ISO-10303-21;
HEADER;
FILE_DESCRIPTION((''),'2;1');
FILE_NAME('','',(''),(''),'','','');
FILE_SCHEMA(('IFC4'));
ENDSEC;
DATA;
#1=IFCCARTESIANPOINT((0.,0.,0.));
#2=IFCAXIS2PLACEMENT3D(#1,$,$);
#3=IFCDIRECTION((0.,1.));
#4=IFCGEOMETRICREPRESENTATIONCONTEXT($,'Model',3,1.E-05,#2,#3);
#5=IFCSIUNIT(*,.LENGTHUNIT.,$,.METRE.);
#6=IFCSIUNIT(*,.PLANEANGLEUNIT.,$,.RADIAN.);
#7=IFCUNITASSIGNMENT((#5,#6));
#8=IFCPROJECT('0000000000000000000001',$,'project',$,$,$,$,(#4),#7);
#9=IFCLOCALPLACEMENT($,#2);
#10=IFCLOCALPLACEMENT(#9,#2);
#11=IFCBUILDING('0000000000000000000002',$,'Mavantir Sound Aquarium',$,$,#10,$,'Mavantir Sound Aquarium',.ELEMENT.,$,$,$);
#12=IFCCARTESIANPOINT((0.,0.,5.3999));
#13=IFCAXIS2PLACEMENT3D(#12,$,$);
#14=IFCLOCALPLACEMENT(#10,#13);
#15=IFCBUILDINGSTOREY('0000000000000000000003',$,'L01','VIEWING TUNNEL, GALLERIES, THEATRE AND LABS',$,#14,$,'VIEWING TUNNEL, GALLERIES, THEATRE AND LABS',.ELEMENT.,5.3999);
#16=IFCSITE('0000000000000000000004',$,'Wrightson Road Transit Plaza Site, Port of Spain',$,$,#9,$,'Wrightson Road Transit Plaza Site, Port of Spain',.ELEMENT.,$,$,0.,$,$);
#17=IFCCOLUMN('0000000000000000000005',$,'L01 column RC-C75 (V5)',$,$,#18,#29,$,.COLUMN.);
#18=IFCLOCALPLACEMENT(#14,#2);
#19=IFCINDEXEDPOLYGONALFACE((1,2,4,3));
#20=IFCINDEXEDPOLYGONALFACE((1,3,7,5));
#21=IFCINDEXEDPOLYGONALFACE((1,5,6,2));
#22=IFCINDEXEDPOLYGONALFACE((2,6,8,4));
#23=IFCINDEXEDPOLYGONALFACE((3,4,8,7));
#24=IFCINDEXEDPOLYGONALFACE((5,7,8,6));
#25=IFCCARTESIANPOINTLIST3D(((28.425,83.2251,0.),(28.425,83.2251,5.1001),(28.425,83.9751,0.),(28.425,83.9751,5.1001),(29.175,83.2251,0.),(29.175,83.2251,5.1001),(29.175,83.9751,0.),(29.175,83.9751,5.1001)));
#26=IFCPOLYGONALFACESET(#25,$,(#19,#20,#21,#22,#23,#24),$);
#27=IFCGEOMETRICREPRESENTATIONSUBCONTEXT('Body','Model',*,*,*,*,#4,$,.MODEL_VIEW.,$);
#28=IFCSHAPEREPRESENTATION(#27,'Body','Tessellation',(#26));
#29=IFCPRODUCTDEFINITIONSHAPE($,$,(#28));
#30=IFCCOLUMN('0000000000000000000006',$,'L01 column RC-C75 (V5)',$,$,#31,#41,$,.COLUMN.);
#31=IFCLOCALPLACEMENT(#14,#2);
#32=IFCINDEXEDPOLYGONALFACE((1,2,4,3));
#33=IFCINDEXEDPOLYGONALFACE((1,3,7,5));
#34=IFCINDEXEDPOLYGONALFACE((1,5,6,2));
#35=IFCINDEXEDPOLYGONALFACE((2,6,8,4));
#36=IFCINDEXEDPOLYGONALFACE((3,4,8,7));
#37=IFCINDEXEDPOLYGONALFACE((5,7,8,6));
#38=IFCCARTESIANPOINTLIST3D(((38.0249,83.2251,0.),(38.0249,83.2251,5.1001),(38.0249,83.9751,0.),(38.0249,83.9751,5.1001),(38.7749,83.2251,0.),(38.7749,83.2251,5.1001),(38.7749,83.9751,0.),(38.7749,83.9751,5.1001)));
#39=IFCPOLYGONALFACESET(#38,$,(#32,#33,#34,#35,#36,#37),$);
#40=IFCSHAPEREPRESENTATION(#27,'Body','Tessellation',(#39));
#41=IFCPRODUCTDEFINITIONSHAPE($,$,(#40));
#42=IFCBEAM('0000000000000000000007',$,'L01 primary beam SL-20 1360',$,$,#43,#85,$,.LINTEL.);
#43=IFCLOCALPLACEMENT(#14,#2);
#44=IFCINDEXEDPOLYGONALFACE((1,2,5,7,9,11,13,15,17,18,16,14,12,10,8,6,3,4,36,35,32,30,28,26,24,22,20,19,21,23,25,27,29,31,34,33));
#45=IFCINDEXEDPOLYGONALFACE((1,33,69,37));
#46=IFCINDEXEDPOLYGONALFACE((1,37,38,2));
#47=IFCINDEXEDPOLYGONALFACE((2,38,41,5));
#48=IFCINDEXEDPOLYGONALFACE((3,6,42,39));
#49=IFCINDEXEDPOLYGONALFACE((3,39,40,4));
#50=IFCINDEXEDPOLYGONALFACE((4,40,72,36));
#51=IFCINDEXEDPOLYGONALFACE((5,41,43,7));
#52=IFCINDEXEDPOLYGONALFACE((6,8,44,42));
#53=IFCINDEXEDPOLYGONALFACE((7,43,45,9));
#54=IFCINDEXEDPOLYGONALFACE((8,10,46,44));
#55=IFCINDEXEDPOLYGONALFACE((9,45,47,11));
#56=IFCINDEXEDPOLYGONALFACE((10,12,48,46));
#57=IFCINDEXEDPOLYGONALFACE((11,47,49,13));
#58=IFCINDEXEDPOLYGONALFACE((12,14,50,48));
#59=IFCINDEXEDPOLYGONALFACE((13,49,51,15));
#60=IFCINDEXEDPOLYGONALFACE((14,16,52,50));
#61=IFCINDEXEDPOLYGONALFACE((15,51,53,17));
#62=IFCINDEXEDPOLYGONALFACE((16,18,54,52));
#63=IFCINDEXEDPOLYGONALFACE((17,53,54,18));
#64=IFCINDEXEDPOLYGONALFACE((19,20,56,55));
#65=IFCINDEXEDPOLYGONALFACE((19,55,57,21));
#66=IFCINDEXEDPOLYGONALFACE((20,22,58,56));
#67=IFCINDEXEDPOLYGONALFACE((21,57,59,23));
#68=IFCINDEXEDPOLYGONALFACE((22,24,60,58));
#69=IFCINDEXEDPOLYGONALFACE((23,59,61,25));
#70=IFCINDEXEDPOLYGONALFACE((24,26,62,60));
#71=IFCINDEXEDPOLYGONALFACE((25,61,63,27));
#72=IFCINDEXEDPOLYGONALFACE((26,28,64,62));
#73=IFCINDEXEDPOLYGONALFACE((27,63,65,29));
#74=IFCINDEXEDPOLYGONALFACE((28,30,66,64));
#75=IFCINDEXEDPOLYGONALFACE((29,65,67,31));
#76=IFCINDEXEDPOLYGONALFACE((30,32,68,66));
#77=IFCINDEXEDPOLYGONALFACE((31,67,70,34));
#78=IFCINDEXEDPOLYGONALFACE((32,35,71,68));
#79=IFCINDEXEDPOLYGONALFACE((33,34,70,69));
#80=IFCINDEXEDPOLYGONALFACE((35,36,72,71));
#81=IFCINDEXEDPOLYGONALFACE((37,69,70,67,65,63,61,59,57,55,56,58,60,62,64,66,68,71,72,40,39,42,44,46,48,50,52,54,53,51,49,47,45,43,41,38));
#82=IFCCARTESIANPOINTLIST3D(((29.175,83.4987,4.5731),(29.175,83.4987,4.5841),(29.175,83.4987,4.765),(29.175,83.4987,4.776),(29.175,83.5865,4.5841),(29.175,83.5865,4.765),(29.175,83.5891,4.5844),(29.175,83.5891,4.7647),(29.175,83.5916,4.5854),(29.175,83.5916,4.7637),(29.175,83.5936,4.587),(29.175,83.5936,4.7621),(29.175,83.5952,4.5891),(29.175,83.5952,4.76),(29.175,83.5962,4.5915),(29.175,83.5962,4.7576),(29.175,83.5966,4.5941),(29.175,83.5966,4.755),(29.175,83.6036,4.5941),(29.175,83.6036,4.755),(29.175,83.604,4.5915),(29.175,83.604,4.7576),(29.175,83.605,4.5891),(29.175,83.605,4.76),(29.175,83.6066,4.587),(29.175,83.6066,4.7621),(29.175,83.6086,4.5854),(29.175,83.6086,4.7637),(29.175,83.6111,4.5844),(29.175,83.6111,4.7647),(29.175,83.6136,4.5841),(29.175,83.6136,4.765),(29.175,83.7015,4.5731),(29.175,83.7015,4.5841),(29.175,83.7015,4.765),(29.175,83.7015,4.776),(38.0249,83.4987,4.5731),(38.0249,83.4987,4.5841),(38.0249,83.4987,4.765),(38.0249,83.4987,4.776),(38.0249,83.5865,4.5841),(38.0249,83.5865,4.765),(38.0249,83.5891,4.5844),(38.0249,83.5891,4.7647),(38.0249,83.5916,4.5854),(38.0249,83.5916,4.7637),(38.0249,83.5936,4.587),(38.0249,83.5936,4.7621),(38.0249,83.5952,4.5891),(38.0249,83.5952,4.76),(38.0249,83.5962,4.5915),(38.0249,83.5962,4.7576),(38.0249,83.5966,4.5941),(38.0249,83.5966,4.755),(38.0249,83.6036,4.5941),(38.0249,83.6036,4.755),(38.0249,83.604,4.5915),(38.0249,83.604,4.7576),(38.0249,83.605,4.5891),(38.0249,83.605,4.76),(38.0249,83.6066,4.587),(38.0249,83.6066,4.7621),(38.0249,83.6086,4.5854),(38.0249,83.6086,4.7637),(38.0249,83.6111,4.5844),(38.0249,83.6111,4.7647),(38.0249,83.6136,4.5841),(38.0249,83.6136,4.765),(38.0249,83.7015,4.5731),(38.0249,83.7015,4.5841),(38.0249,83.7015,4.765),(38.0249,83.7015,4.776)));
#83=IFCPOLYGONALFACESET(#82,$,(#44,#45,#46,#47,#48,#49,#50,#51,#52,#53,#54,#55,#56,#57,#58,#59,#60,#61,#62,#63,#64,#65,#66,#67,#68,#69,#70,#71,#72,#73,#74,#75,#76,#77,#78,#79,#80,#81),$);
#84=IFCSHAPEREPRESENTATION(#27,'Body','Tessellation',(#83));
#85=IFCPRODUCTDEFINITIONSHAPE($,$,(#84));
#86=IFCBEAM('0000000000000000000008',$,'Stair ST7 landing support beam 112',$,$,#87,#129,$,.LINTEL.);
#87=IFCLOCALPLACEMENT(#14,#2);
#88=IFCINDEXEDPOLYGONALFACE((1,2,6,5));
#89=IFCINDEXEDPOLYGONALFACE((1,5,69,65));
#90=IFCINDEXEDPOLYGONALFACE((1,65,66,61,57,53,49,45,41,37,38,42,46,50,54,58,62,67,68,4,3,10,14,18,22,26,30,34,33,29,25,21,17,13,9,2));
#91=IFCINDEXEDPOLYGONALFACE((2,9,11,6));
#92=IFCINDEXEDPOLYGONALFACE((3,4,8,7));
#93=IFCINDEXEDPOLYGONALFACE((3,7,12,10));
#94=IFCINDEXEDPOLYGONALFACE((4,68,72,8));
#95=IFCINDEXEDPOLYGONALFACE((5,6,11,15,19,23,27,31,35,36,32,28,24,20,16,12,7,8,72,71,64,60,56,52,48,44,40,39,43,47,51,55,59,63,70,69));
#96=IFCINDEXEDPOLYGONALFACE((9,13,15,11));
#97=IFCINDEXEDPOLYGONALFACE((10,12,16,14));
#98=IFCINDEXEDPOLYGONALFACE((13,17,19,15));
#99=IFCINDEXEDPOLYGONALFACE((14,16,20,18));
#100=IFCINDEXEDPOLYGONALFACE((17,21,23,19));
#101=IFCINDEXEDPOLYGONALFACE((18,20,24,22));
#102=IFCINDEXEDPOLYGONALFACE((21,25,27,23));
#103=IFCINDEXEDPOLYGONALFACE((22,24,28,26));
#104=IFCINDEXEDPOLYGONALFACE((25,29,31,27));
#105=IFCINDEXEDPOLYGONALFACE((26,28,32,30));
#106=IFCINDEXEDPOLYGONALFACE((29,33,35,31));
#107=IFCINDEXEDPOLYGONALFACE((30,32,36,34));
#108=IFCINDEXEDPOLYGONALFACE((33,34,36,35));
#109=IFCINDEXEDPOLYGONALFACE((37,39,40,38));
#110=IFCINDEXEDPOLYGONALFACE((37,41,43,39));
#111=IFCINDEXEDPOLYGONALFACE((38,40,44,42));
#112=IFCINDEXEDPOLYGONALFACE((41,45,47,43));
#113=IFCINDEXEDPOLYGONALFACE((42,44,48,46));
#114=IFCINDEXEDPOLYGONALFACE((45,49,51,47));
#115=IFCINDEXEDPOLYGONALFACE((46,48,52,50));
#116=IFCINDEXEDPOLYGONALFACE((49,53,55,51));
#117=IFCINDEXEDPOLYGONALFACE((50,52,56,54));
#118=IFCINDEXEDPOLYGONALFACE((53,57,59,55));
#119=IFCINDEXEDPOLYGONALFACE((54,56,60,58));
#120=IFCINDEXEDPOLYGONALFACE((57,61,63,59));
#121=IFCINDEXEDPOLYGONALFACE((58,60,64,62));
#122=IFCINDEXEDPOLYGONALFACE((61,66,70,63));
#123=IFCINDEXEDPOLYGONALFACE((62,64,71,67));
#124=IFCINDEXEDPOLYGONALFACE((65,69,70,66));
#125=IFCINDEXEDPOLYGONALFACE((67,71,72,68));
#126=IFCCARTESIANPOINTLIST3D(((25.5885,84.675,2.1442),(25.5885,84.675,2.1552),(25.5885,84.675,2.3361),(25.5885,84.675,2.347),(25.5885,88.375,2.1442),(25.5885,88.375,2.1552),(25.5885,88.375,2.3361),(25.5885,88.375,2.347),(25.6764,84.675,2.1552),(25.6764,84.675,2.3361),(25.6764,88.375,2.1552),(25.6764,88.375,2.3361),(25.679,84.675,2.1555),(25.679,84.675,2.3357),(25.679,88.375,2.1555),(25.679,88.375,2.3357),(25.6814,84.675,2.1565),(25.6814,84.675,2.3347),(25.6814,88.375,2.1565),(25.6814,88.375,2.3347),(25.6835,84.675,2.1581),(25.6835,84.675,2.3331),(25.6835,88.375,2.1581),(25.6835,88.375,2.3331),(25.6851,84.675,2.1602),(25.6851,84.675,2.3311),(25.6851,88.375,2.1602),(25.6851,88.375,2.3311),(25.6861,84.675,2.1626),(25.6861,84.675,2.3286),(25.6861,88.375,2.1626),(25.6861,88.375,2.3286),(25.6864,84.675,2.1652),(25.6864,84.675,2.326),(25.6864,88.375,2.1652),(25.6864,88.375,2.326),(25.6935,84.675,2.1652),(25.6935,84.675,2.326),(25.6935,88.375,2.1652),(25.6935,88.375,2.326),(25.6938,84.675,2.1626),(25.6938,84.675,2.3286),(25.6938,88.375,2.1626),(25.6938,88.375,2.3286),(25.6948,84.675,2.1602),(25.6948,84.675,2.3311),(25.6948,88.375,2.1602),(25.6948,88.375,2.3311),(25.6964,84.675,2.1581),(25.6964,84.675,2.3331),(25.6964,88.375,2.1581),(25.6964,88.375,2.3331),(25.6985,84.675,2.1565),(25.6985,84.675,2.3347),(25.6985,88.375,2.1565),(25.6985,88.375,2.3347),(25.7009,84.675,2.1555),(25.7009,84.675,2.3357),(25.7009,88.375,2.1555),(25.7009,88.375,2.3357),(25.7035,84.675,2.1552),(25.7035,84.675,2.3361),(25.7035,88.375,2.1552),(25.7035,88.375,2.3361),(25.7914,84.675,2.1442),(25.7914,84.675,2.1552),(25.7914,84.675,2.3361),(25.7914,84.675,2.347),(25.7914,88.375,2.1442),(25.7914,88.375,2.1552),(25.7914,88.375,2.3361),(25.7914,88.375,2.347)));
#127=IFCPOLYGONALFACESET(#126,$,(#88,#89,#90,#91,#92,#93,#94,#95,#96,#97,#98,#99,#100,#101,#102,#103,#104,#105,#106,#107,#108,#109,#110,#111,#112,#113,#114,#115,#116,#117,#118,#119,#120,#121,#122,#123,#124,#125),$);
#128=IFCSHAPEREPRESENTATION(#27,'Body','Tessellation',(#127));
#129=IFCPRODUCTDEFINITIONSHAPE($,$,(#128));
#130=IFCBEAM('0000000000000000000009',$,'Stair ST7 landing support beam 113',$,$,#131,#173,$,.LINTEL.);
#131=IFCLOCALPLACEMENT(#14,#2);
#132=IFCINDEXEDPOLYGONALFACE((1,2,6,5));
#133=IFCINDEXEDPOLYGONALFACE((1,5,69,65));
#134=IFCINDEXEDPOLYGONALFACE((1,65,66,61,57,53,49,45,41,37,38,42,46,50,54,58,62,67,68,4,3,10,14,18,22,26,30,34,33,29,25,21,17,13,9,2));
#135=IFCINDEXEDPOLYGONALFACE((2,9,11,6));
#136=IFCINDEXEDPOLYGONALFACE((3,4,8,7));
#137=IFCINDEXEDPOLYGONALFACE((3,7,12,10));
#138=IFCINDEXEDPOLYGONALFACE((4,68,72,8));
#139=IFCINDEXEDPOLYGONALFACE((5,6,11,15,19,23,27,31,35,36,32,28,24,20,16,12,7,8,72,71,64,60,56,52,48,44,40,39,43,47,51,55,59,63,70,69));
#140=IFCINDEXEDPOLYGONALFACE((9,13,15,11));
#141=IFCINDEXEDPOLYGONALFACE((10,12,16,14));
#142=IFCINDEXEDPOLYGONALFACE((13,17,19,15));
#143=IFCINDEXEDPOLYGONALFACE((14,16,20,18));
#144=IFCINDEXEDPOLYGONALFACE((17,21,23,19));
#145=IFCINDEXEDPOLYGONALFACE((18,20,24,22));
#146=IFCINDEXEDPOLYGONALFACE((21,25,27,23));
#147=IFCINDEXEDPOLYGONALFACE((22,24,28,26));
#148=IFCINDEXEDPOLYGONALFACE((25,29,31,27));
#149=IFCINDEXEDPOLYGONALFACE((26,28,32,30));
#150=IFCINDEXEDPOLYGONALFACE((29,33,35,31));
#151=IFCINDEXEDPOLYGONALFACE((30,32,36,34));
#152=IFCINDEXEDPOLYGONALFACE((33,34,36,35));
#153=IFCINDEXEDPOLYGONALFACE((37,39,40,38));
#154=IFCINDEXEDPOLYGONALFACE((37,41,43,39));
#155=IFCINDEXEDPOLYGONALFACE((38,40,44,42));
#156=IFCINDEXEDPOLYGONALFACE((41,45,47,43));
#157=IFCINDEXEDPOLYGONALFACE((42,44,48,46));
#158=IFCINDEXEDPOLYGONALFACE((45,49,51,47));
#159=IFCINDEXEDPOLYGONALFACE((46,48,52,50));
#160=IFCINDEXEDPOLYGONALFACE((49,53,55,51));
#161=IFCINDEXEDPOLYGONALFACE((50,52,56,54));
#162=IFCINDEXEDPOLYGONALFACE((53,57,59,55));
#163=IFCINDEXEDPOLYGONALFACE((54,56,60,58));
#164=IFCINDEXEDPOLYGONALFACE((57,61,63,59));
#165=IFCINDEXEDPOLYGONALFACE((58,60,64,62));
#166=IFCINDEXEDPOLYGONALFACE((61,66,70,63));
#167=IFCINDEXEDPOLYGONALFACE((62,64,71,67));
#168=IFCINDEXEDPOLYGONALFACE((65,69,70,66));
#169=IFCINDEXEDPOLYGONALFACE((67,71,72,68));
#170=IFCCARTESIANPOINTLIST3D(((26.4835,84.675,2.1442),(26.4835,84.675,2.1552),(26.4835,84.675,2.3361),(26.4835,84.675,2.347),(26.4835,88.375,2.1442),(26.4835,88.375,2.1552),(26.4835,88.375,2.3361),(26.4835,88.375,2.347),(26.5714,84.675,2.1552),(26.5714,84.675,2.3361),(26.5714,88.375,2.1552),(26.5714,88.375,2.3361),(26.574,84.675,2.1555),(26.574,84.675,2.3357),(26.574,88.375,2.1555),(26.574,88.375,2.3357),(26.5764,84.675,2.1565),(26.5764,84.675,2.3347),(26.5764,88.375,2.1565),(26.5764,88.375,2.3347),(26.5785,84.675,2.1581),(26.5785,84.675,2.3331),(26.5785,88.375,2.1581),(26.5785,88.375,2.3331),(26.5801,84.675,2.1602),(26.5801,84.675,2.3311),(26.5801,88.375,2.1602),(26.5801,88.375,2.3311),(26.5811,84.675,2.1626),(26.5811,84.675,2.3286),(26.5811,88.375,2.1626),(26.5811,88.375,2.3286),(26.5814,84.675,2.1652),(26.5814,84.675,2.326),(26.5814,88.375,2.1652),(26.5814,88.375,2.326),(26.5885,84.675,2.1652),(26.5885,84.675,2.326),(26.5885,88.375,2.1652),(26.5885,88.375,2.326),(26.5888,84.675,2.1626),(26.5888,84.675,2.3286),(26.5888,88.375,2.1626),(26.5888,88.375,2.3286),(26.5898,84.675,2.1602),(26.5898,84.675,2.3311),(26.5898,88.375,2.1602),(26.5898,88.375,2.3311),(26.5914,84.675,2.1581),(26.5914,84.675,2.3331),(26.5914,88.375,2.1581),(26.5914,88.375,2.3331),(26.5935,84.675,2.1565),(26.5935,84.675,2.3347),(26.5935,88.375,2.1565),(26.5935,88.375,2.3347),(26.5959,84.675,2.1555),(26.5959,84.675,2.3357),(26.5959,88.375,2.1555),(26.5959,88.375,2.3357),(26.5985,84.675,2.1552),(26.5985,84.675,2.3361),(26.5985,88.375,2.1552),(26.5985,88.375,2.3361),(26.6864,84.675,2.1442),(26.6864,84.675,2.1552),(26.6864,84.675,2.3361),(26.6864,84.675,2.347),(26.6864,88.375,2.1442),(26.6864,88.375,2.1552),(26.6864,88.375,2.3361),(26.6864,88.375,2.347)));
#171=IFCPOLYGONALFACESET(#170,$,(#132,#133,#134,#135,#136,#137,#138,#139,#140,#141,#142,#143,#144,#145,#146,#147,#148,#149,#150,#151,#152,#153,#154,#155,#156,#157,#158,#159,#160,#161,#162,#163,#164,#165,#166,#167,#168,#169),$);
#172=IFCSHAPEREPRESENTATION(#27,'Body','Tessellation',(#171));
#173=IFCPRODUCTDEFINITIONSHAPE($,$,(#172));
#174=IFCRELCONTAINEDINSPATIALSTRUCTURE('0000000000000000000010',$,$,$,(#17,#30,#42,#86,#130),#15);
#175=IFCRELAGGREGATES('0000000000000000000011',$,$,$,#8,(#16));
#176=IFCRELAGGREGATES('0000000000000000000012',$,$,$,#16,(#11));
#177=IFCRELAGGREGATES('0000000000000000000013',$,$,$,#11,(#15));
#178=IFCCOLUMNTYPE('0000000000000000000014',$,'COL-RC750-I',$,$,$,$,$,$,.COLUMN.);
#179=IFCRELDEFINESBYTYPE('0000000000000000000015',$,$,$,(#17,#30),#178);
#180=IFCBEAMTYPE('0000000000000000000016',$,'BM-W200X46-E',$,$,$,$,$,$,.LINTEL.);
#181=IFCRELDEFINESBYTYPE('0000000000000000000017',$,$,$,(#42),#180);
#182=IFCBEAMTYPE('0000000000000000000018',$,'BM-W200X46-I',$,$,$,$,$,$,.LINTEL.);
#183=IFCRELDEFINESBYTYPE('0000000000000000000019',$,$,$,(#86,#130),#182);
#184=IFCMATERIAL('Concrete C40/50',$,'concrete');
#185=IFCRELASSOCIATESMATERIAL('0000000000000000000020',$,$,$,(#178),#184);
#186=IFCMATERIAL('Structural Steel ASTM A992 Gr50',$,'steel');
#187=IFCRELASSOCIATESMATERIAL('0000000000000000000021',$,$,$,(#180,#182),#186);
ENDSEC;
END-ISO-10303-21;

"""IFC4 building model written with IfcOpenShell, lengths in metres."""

from ifc_helpers import new_model, si_unit, direction, frame, origin, origin_2d, place, context, subcontext, project, spatial, rectangle, i_section, extrude, material, material_profile, profile_set, type_object, element, save


model = new_model("IFC4")

# Units and contexts
model_context = context("Model", 3, precision=1e-05, world=origin(), true_north=direction((0.0, 1.0)))
body_context = subcontext(model_context, "Body", "Model", "MODEL_VIEW")
ifc_project = project(units=[si_unit("LENGTHUNIT", "METRE"), si_unit("PLANEANGLEUNIT", "RADIAN")], contexts=[model_context])

# Site, building, storey
site_placement = place(None, origin())
site = spatial("IfcSite", under=ifc_project, at=site_placement, Name="Wrightson Road Transit Plaza Site, Port of Spain", LongName="Wrightson Road Transit Plaza Site, Port of Spain", CompositionType="ELEMENT", RefElevation=0.0)
building_placement = place(site_placement, origin())
building = spatial("IfcBuilding", under=site, at=building_placement, Name="Mavantir Sound Aquarium", LongName="Mavantir Sound Aquarium", CompositionType="ELEMENT")
storey_placement = place(building_placement, frame((0.0, 0.0, 5.3999)))
storey = spatial("IfcBuildingStorey", under=building, at=storey_placement, Name="L01", Description="VIEWING TUNNEL, GALLERIES, THEATRE AND LABS", LongName="VIEWING TUNNEL, GALLERIES, THEATRE AND LABS", CompositionType="ELEMENT", Elevation=5.3999)

# Columns
ifc_material_1 = material(Name="Concrete C40/50", Category="concrete")
ifc_material_profile_1 = material_profile(ifc_material_1, rectangle(XDim=0.75, YDim=0.75, at=origin_2d()), Name="RC 750X750")
ifc_profile_set_1 = profile_set([ifc_material_profile_1], Name="Concrete C40/50")
column_type = type_object("IfcColumnType", Name="COL-RC750-I", PredefinedType="COLUMN", material=ifc_profile_set_1)
for number, where, z_axis, x_axis, name in (
    (1, (28.8, 83.6001, 0.0), (0.0, 0.0, 1.0), (1.0, 0.0, 0.0), "L01 column RC-C75 (V5)"),
    (2, (38.3999, 83.6001, 0.0), (0.0, 0.0, 1.0), (1.0, 0.0, 0.0), "L01 column RC-C75 (V5)"),
):
    element("IfcColumn", number, at=place(storey_placement, frame(where, z_axis=z_axis, x_axis=x_axis)), inside=storey, type_object=column_type, Name=name, PredefinedType="COLUMN", context=body_context, shape_type="SweptSolid", body=[
        extrude(rectangle(XDim=0.75, YDim=0.75, at=origin_2d()), origin(), (0.0, 0.0, 1.0), 5.1001),
    ])

# Beams
ifc_material_2 = material(Name="Structural Steel ASTM A992 Gr50", Category="steel")
ifc_material_profile_2 = material_profile(ifc_material_2, i_section(OverallWidth=0.2029, OverallDepth=0.2029, WebThickness=0.0071, FlangeThickness=0.011, FilletRadius=0.01, at=origin_2d()), Name="W200X46")
ifc_profile_set_2 = profile_set([ifc_material_profile_2], Name="Structural Steel ASTM A992 Gr50")
beam_type_1 = type_object("IfcBeamType", Name="BM-W200X46-E", PredefinedType="LINTEL", material=ifc_profile_set_2)
beam_1_placement = place(storey_placement, frame((29.175, 83.6001, 4.6746), z_axis=(1.0, 0.0, 0.0), x_axis=(0.0, 1.0, 0.0)))
element("IfcBeam", 3, at=beam_1_placement, inside=storey, type_object=beam_type_1, Name="L01 primary beam SL-20 1360", PredefinedType="LINTEL", context=body_context, shape_type="SweptSolid", body=[
    extrude(i_section(OverallWidth=0.2029, OverallDepth=0.2029, WebThickness=0.0071, FlangeThickness=0.011, FilletRadius=0.01, at=origin_2d()), origin(), (0.0, 0.0, 1.0), 8.8499),
])
ifc_material_profile_3 = material_profile(ifc_material_2, i_section(OverallWidth=0.2029, OverallDepth=0.2029, WebThickness=0.0071, FlangeThickness=0.011, FilletRadius=0.01, at=origin_2d()), Name="W200X46")
ifc_profile_set_3 = profile_set([ifc_material_profile_3], Name="Structural Steel ASTM A992 Gr50")
beam_type_2 = type_object("IfcBeamType", Name="BM-W200X46-I", PredefinedType="LINTEL", material=ifc_profile_set_3)
for number, where, z_axis, x_axis, name in (
    (4, (25.6899, 84.675, 2.2456), (0.0, 1.0, 0.0), (-1.0, 0.0, 0.0), "Stair ST7 landing support beam 112"),
    (5, (26.585, 84.675, 2.2456), (0.0, 1.0, 0.0), (-1.0, 0.0, 0.0), "Stair ST7 landing support beam 113"),
):
    element("IfcBeam", number, at=place(storey_placement, frame(where, z_axis=z_axis, x_axis=x_axis)), inside=storey, type_object=beam_type_2, Name=name, PredefinedType="LINTEL", context=body_context, shape_type="SweptSolid", body=[
        extrude(i_section(OverallWidth=0.2029, OverallDepth=0.2029, WebThickness=0.0071, FlangeThickness=0.011, FilletRadius=0.01, at=origin_2d()), origin(), (0.0, 0.0, 1.0), 3.7),
    ])

save(model, "model.ifc")
